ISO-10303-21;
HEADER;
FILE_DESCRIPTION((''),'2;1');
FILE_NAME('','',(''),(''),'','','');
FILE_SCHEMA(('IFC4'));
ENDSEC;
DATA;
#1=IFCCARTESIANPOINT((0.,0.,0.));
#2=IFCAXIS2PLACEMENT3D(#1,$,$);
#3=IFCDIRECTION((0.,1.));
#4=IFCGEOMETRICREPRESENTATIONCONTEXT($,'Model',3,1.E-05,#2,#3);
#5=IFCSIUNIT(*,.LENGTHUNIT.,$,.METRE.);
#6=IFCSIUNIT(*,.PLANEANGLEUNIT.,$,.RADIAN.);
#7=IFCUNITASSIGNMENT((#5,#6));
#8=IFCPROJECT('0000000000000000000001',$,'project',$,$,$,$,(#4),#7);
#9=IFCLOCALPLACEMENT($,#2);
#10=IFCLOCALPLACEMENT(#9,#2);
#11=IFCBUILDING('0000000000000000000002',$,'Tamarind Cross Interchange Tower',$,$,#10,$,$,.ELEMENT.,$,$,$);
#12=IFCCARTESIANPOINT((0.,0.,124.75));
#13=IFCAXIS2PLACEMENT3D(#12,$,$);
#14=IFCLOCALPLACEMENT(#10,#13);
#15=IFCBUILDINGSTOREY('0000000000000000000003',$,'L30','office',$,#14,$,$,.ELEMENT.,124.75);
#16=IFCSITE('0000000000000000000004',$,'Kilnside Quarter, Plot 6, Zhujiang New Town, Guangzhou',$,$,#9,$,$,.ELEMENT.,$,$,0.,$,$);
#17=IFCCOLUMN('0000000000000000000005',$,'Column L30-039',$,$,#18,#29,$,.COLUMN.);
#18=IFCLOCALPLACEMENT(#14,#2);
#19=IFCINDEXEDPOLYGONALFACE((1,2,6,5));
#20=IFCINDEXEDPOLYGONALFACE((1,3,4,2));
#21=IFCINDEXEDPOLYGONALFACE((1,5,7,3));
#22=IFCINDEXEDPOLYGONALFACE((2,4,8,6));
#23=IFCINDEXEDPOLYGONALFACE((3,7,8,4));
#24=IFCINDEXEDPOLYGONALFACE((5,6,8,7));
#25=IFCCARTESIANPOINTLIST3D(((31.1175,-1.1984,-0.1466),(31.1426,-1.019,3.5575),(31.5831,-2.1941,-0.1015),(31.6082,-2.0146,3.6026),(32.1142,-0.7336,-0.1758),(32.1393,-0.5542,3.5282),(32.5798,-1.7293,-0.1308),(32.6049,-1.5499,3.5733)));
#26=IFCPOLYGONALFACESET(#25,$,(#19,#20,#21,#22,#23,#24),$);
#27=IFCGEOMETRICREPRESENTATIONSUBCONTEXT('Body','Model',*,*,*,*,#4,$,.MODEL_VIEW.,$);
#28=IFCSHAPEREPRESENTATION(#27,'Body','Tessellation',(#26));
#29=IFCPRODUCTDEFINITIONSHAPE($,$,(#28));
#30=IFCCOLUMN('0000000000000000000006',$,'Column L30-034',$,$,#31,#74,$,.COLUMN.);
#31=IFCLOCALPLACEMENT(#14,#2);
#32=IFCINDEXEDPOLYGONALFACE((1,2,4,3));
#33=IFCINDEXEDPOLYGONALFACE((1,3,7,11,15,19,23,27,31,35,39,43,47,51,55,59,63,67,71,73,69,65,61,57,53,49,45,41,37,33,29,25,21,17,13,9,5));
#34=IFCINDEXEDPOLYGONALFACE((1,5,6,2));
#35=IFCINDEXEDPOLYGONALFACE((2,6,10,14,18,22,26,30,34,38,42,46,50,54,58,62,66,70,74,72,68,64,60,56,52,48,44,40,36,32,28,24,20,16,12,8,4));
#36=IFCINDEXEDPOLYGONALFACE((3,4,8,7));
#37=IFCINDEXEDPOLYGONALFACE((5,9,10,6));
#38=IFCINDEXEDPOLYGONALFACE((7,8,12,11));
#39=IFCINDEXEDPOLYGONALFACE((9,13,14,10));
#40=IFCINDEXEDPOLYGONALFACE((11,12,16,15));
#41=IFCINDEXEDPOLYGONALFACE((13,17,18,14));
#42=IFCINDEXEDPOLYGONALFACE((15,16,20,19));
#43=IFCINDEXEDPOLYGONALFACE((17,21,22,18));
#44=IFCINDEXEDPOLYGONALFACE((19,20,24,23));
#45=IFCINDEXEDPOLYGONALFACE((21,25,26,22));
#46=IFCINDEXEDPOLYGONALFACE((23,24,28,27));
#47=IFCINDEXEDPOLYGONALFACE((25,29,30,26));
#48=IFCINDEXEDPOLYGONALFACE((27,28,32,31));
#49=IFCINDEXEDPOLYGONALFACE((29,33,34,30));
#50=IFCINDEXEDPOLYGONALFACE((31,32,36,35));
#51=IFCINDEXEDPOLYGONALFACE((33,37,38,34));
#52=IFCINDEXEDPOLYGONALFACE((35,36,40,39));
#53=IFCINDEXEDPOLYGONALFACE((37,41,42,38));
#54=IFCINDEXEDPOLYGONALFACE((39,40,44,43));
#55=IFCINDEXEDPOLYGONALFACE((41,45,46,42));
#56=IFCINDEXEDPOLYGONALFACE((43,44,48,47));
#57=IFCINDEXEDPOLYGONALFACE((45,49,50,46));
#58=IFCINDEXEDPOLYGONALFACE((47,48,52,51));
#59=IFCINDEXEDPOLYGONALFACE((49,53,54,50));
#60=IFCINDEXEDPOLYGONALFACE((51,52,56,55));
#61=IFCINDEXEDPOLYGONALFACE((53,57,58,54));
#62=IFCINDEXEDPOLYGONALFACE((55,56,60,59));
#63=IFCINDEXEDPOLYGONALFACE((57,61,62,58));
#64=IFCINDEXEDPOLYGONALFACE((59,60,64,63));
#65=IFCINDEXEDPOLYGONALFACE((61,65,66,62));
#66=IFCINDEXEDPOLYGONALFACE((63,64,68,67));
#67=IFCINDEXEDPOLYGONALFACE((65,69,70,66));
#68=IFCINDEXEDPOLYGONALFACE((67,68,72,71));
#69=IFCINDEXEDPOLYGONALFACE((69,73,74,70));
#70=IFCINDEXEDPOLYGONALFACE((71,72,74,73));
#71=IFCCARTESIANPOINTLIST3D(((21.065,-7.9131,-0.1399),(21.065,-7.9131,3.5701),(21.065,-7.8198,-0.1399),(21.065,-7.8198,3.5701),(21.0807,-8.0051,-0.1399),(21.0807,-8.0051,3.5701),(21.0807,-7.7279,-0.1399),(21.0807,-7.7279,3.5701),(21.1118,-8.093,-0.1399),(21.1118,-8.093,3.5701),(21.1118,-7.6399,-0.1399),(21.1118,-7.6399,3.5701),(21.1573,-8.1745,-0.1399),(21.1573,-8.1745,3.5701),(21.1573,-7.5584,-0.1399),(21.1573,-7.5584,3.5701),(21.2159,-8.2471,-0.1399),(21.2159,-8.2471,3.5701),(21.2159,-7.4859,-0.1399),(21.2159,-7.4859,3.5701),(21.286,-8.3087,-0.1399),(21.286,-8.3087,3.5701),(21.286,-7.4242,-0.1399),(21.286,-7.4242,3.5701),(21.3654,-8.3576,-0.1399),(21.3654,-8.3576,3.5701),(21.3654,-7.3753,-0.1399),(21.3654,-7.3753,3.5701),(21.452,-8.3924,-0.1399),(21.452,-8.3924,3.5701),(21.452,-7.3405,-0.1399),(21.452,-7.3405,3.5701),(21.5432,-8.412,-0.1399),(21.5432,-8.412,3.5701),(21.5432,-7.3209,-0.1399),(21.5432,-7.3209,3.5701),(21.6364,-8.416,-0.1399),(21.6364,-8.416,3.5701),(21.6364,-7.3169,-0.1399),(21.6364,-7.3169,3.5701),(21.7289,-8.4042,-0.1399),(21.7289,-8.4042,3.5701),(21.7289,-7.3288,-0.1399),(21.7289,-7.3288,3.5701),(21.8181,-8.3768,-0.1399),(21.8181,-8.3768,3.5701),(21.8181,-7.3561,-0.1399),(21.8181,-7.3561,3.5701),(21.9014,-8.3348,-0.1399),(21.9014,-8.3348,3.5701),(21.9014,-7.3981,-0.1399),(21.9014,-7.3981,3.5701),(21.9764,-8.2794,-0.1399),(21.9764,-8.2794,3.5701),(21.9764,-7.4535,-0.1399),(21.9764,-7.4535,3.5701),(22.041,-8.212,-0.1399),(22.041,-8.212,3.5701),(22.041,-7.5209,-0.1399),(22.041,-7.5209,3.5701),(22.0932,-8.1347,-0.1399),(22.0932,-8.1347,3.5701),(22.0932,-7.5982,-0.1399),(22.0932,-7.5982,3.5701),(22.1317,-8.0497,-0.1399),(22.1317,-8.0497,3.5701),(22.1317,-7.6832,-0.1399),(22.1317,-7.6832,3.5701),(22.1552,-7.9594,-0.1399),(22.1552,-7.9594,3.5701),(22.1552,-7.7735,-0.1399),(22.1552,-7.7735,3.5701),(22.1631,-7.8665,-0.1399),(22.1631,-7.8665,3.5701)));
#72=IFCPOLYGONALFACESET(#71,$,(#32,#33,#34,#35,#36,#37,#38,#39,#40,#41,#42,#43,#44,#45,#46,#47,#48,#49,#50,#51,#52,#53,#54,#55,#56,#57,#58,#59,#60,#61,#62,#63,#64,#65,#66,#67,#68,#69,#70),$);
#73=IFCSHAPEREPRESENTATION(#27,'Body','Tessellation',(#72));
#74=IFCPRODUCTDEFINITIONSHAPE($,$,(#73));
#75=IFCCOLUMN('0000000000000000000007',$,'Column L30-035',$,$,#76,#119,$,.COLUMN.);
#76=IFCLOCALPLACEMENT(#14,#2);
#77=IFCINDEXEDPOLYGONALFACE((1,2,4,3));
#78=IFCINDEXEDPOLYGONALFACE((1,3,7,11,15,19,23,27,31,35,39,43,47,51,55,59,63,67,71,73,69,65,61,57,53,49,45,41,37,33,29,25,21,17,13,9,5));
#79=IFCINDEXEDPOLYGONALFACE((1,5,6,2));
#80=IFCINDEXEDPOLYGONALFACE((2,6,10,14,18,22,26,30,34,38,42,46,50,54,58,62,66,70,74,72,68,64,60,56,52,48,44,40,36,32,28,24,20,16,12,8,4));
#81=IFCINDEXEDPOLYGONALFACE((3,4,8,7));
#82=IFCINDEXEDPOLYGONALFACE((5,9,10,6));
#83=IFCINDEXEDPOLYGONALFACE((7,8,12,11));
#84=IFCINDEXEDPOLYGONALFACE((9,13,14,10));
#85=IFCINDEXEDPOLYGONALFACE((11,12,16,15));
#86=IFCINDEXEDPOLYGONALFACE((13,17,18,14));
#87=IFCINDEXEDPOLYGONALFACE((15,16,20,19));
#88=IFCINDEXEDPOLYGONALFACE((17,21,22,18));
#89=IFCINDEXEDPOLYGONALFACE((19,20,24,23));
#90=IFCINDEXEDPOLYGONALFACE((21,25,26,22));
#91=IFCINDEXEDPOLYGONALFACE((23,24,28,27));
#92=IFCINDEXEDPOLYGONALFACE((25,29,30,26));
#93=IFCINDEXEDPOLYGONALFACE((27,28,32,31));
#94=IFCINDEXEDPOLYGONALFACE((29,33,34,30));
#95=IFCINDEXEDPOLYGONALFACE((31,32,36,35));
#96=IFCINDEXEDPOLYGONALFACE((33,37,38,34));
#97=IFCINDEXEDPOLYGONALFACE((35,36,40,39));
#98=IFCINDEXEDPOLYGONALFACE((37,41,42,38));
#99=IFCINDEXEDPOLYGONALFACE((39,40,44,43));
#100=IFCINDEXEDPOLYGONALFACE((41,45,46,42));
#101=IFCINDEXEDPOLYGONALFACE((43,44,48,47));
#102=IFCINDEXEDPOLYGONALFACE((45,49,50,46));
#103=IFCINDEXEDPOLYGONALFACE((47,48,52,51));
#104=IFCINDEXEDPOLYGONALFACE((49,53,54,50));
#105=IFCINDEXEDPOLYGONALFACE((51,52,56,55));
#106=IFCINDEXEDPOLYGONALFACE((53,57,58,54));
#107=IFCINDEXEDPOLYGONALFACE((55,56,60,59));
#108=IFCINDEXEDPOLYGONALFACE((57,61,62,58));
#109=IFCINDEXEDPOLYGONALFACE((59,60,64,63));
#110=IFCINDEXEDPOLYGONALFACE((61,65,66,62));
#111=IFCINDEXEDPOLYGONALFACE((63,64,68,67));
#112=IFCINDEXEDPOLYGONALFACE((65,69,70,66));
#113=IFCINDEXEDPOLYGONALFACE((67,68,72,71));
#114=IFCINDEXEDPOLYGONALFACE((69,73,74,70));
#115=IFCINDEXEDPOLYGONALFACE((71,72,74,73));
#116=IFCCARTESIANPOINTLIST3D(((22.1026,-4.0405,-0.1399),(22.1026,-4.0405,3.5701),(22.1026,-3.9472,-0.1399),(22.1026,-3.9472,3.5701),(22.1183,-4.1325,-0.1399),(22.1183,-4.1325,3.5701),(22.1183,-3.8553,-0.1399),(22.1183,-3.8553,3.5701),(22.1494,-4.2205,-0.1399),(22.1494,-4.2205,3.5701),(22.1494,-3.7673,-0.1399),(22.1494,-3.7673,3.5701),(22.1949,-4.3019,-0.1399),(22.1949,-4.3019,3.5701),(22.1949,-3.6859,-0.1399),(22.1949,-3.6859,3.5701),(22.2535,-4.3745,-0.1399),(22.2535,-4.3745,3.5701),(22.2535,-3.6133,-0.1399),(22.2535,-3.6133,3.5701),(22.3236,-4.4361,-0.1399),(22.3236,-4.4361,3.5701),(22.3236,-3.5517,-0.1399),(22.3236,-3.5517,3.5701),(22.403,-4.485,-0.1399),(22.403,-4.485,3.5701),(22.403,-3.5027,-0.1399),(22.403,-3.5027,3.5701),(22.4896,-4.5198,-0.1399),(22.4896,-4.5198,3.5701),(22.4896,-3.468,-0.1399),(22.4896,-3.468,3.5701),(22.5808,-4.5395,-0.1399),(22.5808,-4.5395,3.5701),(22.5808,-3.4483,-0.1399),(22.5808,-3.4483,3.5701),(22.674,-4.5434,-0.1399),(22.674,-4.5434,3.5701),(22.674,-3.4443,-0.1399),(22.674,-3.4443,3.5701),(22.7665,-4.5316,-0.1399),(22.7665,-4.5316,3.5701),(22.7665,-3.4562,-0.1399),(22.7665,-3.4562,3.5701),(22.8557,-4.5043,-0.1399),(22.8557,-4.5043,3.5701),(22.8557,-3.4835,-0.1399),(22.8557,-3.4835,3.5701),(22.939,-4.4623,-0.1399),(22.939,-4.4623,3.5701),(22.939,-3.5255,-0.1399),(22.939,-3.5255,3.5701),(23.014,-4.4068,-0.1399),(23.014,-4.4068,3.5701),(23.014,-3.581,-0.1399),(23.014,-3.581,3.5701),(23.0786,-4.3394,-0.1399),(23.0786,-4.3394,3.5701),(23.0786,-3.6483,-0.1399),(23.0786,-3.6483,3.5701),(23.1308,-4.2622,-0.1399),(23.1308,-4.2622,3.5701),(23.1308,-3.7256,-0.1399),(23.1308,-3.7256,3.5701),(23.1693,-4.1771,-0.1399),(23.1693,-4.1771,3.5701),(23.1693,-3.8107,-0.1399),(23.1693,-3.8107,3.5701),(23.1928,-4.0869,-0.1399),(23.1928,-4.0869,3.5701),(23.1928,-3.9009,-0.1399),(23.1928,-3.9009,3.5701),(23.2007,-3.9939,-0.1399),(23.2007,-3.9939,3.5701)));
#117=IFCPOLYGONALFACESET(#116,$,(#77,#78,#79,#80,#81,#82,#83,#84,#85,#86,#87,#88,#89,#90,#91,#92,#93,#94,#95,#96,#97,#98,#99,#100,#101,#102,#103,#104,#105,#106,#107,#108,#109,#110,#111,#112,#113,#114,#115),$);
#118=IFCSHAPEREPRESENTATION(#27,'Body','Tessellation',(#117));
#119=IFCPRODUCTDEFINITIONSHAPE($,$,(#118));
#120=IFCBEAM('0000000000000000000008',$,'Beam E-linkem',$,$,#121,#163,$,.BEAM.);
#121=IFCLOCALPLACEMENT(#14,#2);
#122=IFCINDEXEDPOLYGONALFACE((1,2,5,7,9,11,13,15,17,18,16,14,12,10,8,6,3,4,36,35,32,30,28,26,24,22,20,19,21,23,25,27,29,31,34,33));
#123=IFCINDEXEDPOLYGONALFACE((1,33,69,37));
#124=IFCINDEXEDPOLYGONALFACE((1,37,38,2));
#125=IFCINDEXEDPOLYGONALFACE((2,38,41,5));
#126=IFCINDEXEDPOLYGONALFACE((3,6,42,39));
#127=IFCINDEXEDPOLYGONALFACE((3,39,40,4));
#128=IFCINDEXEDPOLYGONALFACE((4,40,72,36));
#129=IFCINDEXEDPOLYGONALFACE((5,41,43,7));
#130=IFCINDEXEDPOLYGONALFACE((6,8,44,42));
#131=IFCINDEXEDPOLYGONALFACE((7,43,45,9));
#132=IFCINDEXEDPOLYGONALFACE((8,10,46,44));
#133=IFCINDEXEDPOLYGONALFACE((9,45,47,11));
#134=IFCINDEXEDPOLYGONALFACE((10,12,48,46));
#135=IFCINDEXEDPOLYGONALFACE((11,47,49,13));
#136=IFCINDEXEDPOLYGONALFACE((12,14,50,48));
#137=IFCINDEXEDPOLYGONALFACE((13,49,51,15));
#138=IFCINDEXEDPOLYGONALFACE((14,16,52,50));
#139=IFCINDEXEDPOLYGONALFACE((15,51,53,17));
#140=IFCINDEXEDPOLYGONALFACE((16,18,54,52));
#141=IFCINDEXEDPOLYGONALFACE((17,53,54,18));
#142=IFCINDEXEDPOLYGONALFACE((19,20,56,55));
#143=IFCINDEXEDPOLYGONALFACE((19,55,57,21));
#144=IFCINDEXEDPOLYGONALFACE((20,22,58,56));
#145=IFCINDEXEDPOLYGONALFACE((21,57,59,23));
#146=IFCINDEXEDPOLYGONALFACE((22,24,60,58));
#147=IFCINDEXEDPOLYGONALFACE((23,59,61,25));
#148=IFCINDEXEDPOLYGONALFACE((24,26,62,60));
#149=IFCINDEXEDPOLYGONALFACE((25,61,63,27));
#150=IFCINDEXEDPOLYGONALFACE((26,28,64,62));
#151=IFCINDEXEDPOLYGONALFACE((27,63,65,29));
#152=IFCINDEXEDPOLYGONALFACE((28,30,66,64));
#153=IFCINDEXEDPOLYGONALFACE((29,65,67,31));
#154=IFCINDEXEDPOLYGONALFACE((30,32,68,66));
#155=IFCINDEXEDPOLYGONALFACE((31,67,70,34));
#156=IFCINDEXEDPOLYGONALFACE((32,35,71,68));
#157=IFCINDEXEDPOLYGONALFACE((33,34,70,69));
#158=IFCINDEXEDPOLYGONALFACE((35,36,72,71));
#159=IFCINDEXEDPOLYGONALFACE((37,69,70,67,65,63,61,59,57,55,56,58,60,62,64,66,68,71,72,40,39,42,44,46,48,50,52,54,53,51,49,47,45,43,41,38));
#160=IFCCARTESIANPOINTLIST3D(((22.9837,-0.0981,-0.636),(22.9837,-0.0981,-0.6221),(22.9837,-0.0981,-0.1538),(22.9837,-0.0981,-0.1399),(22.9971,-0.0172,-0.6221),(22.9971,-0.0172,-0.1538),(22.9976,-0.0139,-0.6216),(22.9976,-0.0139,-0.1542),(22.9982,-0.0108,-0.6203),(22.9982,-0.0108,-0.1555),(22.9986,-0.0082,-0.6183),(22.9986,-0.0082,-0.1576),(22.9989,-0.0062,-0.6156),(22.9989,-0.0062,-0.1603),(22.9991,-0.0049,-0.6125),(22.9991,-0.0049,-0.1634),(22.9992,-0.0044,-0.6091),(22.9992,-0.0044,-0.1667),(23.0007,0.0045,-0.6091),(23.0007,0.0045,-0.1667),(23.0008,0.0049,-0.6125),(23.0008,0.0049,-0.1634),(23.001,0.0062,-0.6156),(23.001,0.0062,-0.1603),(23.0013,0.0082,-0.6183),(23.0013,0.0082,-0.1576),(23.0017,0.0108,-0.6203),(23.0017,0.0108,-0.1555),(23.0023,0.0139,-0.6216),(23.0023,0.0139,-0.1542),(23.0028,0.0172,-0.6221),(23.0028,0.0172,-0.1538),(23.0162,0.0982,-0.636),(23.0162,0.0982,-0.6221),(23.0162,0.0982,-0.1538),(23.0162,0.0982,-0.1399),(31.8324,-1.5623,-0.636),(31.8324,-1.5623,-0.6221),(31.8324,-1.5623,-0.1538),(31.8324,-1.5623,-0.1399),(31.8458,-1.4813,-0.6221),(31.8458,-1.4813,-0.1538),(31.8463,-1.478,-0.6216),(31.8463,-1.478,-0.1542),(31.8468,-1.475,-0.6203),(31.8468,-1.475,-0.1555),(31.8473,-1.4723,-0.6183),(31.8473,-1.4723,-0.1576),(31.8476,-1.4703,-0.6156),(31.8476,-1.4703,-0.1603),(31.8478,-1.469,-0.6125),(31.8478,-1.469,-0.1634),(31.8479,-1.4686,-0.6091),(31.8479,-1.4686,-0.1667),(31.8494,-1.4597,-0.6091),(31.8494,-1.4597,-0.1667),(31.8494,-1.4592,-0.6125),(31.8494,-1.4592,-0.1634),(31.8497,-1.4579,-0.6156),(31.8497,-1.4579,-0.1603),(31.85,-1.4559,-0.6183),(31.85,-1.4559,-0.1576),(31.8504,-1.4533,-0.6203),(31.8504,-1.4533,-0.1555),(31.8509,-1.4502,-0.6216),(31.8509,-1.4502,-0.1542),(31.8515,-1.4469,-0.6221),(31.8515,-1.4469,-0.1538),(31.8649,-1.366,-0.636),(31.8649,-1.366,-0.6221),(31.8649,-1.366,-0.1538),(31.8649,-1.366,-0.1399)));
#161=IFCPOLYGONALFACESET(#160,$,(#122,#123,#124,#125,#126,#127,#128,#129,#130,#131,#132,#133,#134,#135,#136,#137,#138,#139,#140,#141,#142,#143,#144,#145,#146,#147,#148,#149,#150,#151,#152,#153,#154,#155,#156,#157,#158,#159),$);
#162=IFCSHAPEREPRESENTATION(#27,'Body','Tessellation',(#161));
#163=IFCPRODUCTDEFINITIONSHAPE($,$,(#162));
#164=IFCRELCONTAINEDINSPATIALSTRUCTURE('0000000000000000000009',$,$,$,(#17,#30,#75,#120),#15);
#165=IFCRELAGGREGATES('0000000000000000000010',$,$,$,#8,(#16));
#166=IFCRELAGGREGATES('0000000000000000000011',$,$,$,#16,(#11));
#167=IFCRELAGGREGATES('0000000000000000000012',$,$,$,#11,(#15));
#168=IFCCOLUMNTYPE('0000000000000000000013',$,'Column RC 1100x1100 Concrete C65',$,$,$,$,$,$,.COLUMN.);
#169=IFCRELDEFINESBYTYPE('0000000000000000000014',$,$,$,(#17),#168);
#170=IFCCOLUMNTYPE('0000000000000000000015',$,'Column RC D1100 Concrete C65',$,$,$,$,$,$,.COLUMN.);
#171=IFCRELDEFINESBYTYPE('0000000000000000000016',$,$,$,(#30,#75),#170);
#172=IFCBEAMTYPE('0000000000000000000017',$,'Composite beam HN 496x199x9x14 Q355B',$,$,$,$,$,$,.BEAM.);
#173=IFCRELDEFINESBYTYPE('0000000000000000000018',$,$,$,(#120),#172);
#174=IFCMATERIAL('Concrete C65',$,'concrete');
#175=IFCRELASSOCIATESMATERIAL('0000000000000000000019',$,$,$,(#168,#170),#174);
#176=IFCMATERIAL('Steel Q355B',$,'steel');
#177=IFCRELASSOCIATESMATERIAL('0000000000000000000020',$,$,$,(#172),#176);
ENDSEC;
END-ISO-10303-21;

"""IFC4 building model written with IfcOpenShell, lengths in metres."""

from ifc_helpers import new_model, si_unit, direction, frame, origin, origin_2d, place, context, subcontext, project, spatial, rectangle, circle, i_section, extrude, material, material_profile, profile_set, type_object, element, save


model = new_model("IFC4")

# Units and contexts
model_context = context("Model", 3, precision=1e-05, world=origin(), true_north=direction((0.0, 1.0)))
body_context = subcontext(model_context, "Body", "Model", "MODEL_VIEW")
ifc_project = project(units=[si_unit("LENGTHUNIT", "METRE"), si_unit("PLANEANGLEUNIT", "RADIAN")], contexts=[model_context])

# Site, building, storey
site_placement = place(None, origin())
site = spatial("IfcSite", under=ifc_project, at=site_placement, Name="Kilnside Quarter, Plot 6, Zhujiang New Town, Guangzhou", CompositionType="ELEMENT", RefElevation=0.0)
building_placement = place(site_placement, origin())
building = spatial("IfcBuilding", under=site, at=building_placement, Name="Tamarind Cross Interchange Tower", CompositionType="ELEMENT")
storey_placement = place(building_placement, frame((0.0, 0.0, 124.75)))
storey = spatial("IfcBuildingStorey", under=building, at=storey_placement, Name="L30", Description="office", CompositionType="ELEMENT", Elevation=124.75)

# Columns
ifc_material_1 = material(Name="Concrete C65", Category="concrete")
ifc_material_profile_1 = material_profile(ifc_material_1, rectangle(XDim=1.1001, YDim=1.1001, at=origin_2d()), Name="RC 1100x1100")
ifc_profile_set_1 = profile_set([ifc_material_profile_1], Name="Concrete C65")
column_type_1 = type_object("IfcColumnType", Name="Column RC 1100x1100 Concrete C65", PredefinedType="COLUMN", material=ifc_profile_set_1)
column_placement = place(storey_placement, frame((31.8486, -1.4639, -0.1387), z_axis=(0.006781, 0.048387, 0.998806), x_axis=(-0.90599, -0.422461, 0.026617)))
element("IfcColumn", 1, at=column_placement, inside=storey, type_object=column_type_1, Name="Column L30-039", PredefinedType="COLUMN", context=body_context, shape_type="SweptSolid", body=[
    extrude(rectangle(XDim=1.1001, YDim=1.1001, at=origin_2d()), origin(), (0.0, 0.0, 1.0), 3.7085),
])
ifc_material_profile_2 = material_profile(ifc_material_1, circle(Radius=0.55, at=origin_2d()), Name="RC D1100")
ifc_profile_set_2 = profile_set([ifc_material_profile_2], Name="Concrete C65")
column_type_2 = type_object("IfcColumnType", Name="Column RC D1100 Concrete C65", PredefinedType="COLUMN", material=ifc_profile_set_2)
for number, where, z_axis, x_axis, name in (
    (2, (21.613, -7.8665, -0.1399), (0.0, 0.0, 1.0), (1.0, 0.0, 0.0), "Column L30-034"),
    (3, (22.6506, -3.9939, -0.1399), (0.0, 0.0, 1.0), (1.0, 0.0, 0.0), "Column L30-035"),
):
    element("IfcColumn", number, at=place(storey_placement, frame(where, z_axis=z_axis, x_axis=x_axis)), inside=storey, type_object=column_type_2, Name=name, PredefinedType="COLUMN", context=body_context, shape_type="SweptSolid", body=[
        extrude(circle(Radius=0.55, at=origin_2d()), origin(), (0.0, 0.0, 1.0), 3.71),
    ])

# Beam
ifc_material_2 = material(Name="Steel Q355B", Category="steel")
ifc_material_profile_3 = material_profile(ifc_material_2, i_section(OverallWidth=0.199, OverallDepth=0.4961, WebThickness=0.009, FlangeThickness=0.0139, FilletRadius=0.0129, at=origin_2d()), Name="HN 496x199x9x14")
ifc_profile_set_3 = profile_set([ifc_material_profile_3], Name="Steel Q355B")
beam_type_1 = type_object("IfcBeamType", Name="Composite beam HN 496x199x9x14 Q355B", PredefinedType="BEAM", material=ifc_profile_set_3)
beam_1_placement = place(storey_placement, frame((31.8486, -1.4641, -0.3879), z_axis=(-0.986586, 0.163242, 0.0), x_axis=(-0.163242, -0.986586, 0.0)))
element("IfcBeam", 4, at=beam_1_placement, inside=storey, type_object=beam_type_1, Name="Beam E-linkem", PredefinedType="BEAM", context=body_context, shape_type="SweptSolid", body=[
    extrude(i_section(OverallWidth=0.199, OverallDepth=0.4961, WebThickness=0.009, FlangeThickness=0.0139, FilletRadius=0.0129, at=origin_2d()), origin(), (0.0, 0.0, 1.0), 8.969),
])

save(model, "model.ifc")
